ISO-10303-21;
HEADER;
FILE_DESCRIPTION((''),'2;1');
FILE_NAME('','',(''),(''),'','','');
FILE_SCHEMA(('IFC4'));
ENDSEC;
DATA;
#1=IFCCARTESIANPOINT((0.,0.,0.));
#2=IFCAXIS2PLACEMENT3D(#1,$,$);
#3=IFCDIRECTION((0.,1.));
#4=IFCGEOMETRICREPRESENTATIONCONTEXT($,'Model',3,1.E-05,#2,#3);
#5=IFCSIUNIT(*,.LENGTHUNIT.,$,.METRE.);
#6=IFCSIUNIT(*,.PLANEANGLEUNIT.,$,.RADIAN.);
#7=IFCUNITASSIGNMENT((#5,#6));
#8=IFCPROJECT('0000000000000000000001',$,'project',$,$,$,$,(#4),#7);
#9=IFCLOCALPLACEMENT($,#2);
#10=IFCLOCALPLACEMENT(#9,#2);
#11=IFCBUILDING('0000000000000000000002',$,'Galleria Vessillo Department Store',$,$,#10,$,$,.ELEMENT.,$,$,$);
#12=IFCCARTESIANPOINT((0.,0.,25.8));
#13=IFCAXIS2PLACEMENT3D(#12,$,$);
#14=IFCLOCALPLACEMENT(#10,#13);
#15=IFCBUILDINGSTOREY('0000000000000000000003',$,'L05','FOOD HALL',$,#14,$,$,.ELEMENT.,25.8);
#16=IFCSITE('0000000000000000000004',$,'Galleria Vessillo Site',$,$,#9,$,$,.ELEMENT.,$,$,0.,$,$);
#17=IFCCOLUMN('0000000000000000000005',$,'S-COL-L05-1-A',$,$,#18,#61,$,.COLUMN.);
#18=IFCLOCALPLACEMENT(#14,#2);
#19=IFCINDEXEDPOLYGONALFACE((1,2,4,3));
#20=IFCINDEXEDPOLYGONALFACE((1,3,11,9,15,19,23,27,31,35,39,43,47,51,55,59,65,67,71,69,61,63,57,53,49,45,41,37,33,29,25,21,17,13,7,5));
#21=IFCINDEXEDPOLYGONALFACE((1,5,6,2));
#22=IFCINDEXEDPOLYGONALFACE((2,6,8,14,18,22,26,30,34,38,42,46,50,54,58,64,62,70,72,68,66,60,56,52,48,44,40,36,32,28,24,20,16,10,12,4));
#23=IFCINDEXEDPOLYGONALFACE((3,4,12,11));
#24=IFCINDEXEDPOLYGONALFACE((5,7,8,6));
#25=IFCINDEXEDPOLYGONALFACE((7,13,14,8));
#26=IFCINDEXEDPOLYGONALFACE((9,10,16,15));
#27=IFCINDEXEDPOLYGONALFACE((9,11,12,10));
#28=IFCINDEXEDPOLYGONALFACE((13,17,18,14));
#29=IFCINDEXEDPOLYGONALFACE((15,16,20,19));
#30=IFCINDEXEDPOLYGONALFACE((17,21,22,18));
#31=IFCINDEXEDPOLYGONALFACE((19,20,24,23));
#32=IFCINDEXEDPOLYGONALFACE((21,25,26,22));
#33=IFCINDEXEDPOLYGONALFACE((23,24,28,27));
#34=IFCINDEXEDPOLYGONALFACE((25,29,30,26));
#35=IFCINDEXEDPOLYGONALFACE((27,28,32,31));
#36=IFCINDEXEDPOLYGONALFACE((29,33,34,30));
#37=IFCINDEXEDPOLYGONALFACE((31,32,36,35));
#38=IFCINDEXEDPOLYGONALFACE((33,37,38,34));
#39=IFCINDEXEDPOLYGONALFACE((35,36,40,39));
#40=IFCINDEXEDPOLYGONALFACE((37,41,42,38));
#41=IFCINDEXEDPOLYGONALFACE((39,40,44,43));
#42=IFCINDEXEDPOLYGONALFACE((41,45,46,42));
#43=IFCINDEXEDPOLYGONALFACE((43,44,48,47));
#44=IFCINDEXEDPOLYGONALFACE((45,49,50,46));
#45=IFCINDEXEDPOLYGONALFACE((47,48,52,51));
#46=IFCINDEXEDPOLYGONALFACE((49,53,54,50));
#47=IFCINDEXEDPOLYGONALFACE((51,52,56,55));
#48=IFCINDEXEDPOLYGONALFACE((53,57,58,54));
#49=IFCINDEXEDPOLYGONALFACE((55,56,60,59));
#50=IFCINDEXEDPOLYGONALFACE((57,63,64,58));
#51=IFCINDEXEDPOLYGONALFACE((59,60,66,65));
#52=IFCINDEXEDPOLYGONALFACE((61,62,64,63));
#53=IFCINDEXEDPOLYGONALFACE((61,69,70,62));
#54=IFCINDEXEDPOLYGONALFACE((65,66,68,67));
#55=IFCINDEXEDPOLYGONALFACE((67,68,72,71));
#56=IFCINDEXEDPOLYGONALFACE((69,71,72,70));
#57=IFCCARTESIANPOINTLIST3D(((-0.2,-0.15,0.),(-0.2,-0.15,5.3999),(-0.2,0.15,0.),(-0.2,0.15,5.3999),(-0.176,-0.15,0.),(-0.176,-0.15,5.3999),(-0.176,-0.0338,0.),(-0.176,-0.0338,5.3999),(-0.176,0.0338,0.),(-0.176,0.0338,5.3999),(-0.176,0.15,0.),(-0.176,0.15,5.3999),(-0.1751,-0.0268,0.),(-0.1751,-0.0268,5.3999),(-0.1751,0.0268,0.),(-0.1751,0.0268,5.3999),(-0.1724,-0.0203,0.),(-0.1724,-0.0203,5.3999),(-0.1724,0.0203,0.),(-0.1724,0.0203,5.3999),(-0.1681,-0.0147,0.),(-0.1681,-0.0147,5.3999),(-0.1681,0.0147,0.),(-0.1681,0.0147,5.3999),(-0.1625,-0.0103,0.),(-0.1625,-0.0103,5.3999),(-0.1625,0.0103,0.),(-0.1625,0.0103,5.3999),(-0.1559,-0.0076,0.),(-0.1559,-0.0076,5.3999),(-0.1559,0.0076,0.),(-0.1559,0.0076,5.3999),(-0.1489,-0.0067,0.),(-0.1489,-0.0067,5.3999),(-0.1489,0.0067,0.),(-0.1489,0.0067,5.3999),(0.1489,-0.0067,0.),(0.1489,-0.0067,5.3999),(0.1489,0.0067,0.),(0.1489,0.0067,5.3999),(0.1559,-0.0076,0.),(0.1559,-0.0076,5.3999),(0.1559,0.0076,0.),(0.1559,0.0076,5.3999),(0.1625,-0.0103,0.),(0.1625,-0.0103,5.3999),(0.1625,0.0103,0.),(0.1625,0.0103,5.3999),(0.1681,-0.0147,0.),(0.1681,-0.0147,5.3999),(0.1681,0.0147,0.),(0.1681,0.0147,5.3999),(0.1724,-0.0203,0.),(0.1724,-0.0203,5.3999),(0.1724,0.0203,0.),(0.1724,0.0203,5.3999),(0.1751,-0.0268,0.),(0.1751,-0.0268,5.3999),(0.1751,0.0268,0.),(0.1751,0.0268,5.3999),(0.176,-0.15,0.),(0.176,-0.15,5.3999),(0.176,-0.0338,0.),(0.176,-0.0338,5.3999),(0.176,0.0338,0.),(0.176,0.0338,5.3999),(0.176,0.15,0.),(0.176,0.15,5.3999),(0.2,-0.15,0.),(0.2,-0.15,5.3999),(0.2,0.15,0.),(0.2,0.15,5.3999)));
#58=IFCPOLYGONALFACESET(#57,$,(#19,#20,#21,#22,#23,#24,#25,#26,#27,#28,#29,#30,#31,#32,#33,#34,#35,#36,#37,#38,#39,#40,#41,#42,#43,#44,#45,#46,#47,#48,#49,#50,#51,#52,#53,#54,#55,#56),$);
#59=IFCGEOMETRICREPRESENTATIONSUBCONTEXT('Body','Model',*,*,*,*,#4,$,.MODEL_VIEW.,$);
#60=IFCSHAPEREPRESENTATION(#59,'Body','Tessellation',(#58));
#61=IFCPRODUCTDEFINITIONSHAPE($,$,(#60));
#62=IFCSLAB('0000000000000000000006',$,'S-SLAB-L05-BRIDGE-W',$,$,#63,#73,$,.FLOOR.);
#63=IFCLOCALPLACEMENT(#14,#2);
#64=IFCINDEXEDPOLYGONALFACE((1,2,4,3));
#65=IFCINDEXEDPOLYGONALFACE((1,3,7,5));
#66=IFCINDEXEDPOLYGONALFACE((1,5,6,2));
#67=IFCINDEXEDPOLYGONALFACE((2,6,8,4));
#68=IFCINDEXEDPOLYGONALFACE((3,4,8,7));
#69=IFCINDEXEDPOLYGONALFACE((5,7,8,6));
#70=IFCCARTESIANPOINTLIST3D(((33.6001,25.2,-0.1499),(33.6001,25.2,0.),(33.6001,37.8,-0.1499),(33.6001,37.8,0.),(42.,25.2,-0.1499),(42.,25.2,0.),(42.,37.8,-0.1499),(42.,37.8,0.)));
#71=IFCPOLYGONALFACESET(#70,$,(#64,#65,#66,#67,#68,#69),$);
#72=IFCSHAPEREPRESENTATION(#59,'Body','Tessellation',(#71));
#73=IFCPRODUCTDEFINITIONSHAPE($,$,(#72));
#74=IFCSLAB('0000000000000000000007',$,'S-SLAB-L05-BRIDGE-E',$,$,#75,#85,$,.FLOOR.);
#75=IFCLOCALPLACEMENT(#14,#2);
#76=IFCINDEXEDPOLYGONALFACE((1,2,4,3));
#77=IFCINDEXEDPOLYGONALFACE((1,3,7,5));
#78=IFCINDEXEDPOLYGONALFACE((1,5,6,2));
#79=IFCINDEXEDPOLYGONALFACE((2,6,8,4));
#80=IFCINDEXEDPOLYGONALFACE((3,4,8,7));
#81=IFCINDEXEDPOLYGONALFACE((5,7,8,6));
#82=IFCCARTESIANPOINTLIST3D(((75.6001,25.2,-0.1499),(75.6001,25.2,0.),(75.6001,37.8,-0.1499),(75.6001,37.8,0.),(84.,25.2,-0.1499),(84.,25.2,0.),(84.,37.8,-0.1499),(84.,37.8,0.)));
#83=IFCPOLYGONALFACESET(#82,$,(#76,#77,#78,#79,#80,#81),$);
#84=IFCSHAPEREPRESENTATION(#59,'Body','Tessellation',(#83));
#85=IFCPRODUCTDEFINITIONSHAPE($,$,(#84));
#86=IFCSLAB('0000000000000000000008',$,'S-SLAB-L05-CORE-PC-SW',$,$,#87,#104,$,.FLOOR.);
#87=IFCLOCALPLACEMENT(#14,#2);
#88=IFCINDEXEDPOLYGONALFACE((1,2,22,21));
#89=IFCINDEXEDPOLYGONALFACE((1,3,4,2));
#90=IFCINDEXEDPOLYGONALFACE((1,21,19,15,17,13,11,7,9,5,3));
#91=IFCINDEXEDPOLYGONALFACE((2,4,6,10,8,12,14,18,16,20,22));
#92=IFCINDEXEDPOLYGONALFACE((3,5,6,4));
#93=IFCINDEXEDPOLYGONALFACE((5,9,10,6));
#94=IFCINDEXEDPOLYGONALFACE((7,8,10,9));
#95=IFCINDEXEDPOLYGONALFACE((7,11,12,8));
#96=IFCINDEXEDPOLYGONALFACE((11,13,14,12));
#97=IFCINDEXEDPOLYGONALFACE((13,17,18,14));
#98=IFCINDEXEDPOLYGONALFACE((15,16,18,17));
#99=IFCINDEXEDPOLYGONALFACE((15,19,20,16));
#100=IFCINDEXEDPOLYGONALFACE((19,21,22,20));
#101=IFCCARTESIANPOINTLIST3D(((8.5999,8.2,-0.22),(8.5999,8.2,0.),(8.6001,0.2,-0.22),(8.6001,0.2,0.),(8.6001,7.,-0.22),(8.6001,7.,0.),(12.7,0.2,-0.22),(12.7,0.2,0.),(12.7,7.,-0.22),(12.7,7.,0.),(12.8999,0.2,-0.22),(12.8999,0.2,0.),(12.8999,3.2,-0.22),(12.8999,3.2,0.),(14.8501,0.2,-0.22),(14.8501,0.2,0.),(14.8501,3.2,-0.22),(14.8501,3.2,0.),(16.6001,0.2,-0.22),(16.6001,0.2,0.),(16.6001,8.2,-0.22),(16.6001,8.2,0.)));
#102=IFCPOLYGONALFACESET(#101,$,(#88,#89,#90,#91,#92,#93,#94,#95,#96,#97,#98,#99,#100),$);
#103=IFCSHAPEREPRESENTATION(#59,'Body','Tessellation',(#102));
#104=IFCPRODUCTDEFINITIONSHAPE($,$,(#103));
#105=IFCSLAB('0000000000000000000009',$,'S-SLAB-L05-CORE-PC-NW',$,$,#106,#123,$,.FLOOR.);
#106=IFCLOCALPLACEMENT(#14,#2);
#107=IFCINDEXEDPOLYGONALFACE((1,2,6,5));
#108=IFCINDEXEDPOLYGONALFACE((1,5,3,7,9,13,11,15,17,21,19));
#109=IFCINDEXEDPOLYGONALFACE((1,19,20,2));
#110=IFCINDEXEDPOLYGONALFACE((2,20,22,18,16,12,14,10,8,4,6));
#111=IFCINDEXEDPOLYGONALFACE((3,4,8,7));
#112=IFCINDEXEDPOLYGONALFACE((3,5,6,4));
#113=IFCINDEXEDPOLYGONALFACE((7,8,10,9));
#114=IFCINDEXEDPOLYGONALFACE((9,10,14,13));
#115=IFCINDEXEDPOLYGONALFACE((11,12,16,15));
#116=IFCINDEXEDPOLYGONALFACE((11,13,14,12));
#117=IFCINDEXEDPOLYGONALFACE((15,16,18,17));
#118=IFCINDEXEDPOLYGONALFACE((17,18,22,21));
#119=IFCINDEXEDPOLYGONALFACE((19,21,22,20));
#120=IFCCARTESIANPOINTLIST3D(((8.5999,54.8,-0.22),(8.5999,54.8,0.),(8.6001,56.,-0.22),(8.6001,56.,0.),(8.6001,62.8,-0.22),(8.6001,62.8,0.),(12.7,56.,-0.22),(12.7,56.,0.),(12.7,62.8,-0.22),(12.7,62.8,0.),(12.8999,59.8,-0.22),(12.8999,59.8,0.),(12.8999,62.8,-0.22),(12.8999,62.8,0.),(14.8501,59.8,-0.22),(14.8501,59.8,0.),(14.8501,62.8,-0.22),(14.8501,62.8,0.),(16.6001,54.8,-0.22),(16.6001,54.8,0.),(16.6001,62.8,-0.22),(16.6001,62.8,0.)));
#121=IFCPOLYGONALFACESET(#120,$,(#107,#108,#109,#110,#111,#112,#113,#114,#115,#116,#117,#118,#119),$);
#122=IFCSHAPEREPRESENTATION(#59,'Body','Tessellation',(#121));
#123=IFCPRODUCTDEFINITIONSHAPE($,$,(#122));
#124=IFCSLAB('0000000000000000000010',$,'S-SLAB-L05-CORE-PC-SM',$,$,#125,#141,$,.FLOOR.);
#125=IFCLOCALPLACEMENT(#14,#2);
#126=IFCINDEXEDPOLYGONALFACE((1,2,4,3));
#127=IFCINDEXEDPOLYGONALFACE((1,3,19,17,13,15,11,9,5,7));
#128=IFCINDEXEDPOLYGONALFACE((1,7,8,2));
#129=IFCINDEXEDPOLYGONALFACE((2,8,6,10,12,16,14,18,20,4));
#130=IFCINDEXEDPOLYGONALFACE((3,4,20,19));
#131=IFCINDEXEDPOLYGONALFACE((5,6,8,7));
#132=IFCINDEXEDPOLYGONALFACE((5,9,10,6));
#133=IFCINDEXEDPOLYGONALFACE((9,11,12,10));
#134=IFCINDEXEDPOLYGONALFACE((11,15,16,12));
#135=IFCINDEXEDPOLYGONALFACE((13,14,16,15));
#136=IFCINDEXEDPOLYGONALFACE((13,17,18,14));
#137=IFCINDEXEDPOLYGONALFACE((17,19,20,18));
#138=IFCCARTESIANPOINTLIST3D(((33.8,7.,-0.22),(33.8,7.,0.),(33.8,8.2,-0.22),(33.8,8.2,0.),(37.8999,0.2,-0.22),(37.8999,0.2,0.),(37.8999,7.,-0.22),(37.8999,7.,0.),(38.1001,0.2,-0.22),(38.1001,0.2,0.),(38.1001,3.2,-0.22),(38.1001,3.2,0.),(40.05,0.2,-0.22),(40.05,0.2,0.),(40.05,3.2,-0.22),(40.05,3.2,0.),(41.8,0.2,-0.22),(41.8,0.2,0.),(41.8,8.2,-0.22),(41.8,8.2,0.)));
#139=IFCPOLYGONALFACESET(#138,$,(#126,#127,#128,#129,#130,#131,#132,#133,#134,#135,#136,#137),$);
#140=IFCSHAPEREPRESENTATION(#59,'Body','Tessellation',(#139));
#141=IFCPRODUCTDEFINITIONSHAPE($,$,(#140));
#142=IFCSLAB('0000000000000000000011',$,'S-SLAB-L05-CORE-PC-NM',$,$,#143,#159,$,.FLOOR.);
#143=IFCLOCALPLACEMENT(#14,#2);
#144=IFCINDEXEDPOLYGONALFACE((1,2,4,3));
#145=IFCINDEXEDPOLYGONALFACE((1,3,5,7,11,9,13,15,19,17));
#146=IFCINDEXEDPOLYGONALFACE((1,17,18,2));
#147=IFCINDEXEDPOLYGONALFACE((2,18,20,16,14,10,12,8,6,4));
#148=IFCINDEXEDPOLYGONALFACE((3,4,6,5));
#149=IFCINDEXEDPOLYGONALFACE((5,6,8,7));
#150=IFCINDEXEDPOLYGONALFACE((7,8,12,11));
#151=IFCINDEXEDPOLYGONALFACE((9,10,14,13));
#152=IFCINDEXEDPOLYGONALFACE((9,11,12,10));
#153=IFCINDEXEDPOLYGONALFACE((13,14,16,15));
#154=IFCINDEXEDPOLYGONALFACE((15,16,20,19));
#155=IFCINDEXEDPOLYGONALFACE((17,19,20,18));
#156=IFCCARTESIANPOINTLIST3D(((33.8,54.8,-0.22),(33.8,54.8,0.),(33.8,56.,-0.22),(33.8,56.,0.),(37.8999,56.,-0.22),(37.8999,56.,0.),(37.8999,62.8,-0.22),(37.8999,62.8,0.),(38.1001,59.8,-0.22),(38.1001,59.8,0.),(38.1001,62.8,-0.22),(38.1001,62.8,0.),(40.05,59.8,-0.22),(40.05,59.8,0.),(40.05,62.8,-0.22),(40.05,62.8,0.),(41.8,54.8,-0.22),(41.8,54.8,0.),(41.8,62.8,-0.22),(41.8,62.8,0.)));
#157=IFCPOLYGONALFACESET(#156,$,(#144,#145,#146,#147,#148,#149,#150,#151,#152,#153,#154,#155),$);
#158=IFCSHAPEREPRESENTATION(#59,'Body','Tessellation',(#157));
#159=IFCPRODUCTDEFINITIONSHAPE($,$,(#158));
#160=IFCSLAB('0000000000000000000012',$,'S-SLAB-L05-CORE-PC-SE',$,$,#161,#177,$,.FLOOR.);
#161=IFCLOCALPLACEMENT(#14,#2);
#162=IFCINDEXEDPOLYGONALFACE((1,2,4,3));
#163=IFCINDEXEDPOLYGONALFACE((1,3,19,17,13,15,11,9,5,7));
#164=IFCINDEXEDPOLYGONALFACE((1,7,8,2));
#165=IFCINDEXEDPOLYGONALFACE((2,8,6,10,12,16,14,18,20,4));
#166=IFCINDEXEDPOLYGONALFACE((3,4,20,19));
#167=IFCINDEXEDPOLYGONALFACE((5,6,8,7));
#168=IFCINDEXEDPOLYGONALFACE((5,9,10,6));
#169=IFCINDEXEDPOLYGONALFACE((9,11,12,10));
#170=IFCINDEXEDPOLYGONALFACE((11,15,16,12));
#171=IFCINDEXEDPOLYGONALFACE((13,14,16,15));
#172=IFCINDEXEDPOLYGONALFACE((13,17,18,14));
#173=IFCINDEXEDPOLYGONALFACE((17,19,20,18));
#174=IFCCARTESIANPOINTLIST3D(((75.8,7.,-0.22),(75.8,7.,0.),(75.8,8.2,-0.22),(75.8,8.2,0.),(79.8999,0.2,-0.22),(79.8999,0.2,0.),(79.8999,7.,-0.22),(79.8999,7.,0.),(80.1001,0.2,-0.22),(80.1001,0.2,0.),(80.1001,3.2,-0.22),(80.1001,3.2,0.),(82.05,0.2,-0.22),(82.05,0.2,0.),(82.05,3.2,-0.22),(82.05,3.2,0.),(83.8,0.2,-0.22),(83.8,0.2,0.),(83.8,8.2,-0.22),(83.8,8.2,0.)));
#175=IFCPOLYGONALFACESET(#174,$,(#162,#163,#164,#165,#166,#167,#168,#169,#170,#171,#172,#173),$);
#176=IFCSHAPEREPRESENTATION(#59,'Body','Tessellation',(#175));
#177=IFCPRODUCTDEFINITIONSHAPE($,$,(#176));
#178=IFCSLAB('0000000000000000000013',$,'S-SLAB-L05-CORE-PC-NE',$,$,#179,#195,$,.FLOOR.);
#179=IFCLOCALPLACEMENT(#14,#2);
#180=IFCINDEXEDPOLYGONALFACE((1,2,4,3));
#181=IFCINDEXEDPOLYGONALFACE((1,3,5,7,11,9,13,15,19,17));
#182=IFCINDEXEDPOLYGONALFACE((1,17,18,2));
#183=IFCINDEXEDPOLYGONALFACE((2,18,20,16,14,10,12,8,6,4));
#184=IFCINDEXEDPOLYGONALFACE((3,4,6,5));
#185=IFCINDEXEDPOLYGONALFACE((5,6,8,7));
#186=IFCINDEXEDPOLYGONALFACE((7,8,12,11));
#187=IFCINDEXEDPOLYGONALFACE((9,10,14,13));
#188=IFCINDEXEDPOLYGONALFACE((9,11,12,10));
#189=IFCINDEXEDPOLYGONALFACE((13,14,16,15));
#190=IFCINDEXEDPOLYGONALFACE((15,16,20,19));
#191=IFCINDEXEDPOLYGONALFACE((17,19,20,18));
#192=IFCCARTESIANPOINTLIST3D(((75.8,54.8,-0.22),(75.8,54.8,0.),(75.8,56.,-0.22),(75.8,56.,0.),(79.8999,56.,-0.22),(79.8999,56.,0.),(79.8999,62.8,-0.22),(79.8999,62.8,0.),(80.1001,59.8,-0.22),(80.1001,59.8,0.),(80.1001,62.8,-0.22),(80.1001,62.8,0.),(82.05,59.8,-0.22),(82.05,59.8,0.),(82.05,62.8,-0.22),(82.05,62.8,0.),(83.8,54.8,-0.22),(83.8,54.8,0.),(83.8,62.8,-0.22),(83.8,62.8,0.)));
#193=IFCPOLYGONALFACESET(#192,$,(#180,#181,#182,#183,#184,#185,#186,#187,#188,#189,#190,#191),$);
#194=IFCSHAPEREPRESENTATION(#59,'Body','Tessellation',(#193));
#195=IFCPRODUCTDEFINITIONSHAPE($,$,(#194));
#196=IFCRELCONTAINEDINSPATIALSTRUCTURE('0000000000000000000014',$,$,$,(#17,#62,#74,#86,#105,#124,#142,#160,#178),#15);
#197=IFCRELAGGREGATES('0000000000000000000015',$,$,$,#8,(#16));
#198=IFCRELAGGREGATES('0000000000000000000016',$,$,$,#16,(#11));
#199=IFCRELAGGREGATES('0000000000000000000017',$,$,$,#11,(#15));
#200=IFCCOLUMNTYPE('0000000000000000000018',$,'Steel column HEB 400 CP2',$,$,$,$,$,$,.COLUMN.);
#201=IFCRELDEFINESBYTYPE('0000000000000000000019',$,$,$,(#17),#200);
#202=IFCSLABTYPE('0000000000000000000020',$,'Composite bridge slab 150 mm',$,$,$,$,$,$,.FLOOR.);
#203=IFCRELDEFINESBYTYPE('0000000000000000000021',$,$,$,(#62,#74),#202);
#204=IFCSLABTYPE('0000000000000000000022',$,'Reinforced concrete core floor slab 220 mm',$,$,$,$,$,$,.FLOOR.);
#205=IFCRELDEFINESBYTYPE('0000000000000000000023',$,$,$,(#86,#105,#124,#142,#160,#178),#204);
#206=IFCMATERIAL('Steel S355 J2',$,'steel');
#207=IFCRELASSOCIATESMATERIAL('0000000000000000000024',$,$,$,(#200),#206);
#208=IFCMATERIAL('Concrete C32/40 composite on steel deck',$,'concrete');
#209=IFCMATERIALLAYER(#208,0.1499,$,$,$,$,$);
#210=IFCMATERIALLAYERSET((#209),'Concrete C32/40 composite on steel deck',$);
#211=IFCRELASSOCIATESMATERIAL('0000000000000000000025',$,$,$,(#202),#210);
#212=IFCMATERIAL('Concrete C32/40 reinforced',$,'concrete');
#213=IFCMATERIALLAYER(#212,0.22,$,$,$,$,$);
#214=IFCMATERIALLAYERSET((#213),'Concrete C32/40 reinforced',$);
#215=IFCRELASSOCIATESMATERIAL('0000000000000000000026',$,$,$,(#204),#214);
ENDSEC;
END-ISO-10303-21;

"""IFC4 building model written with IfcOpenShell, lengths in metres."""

from ifc_helpers import new_model, si_unit, direction, frame, origin, origin_2d, place, context, subcontext, project, spatial, polyline, i_section, outline, extrude, material, layer, layer_set, material_profile, profile_set, type_object, element, save


model = new_model("IFC4")

# Units and contexts
model_context = context("Model", 3, precision=1e-05, world=origin(), true_north=direction((0.0, 1.0)))
body_context = subcontext(model_context, "Body", "Model", "MODEL_VIEW")
ifc_project = project(units=[si_unit("LENGTHUNIT", "METRE"), si_unit("PLANEANGLEUNIT", "RADIAN")], contexts=[model_context])

# Site, building, storey
site_placement = place(None, origin())
site = spatial("IfcSite", under=ifc_project, at=site_placement, Name="Galleria Vessillo Site", CompositionType="ELEMENT", RefElevation=0.0)
building_placement = place(site_placement, origin())
building = spatial("IfcBuilding", under=site, at=building_placement, Name="Galleria Vessillo Department Store", CompositionType="ELEMENT")
storey_placement = place(building_placement, frame((0.0, 0.0, 25.8)))
storey = spatial("IfcBuildingStorey", under=building, at=storey_placement, Name="L05", Description="FOOD HALL", CompositionType="ELEMENT", Elevation=25.8)

# Column
ifc_material_1 = material(Name="Steel S355 J2", Category="steel")
ifc_material_profile = material_profile(ifc_material_1, i_section(OverallWidth=0.3, OverallDepth=0.3999, WebThickness=0.0134, FlangeThickness=0.0239, FilletRadius=0.0271, at=origin_2d()), Name="HEB 400")
ifc_profile_set = profile_set([ifc_material_profile], Name="Steel S355 J2")
column_type = type_object("IfcColumnType", Name="Steel column HEB 400 CP2", PredefinedType="COLUMN", material=ifc_profile_set)
column_placement = place(storey_placement, frame((0.0, 0.0, 0.0), z_axis=(0.0, 0.0, 1.0), x_axis=(0.0, 1.0, 0.0)))
element("IfcColumn", 1, at=column_placement, inside=storey, type_object=column_type, Name="S-COL-L05-1-A", PredefinedType="COLUMN", context=body_context, shape_type="SweptSolid", body=[
    extrude(i_section(OverallWidth=0.3, OverallDepth=0.3999, WebThickness=0.0134, FlangeThickness=0.0239, FilletRadius=0.0271, at=origin_2d()), origin(), (0.0, 0.0, 1.0), 5.3999),
])

# Slabs
ifc_material_2 = material(Name="Concrete C32/40 composite on steel deck", Category="concrete")
ifc_layer_1 = layer(ifc_material_2, 0.1499)
ifc_layer_set_1 = layer_set([ifc_layer_1], Name="Concrete C32/40 composite on steel deck")
slab_type_1 = type_object("IfcSlabType", Name="Composite bridge slab 150 mm", PredefinedType="FLOOR", material=ifc_layer_set_1)
slab_1_placement = place(storey_placement, frame((0.0, 0.0, -0.1499)))
element("IfcSlab", 2, at=slab_1_placement, inside=storey, type_object=slab_type_1, Name="S-SLAB-L05-BRIDGE-W", PredefinedType="FLOOR", context=body_context, shape_type="SweptSolid", body=[
    extrude(outline(polyline([(42.0, 25.2), (42.0, 37.8), (33.6001, 37.8), (33.6001, 25.2), (42.0, 25.2)])), origin(), (0.0, 0.0, 1.0), 0.1499),
])
slab_2_placement = place(storey_placement, frame((0.0, 0.0, -0.1499)))
element("IfcSlab", 3, at=slab_2_placement, inside=storey, type_object=slab_type_1, Name="S-SLAB-L05-BRIDGE-E", PredefinedType="FLOOR", context=body_context, shape_type="SweptSolid", body=[
    extrude(outline(polyline([(84.0, 25.2), (84.0, 37.8), (75.6001, 37.8), (75.6001, 25.2), (84.0, 25.2)])), origin(), (0.0, 0.0, 1.0), 0.1499),
])
ifc_material_3 = material(Name="Concrete C32/40 reinforced", Category="concrete")
ifc_layer_2 = layer(ifc_material_3, 0.22)
ifc_layer_set_2 = layer_set([ifc_layer_2], Name="Concrete C32/40 reinforced")
slab_type_2 = type_object("IfcSlabType", Name="Reinforced concrete core floor slab 220 mm", PredefinedType="FLOOR", material=ifc_layer_set_2)
slab_3_placement = place(storey_placement, frame((0.0, 0.0, -0.22)))
element("IfcSlab", 4, at=slab_3_placement, inside=storey, type_object=slab_type_2, Name="S-SLAB-L05-CORE-PC-SW", PredefinedType="FLOOR", context=body_context, shape_type="SweptSolid", body=[
    extrude(outline(polyline([(8.5999, 8.2), (16.6001, 8.2), (16.6001, 0.2), (14.8501, 0.2), (14.8501, 3.2), (12.8999, 3.2), (12.8999, 0.2), (12.7, 0.2), (12.7, 7.0), (8.6001, 7.0), (8.6001, 0.2), (8.5999, 8.2)])), origin(), (0.0, 0.0, 1.0), 0.22),
])
slab_4_placement = place(storey_placement, frame((0.0, 0.0, -0.22)))
element("IfcSlab", 5, at=slab_4_placement, inside=storey, type_object=slab_type_2, Name="S-SLAB-L05-CORE-PC-NW", PredefinedType="FLOOR", context=body_context, shape_type="SweptSolid", body=[
    extrude(outline(polyline([(16.6001, 62.8), (16.6001, 54.8), (8.5999, 54.8), (8.6001, 62.8), (8.6001, 56.0), (12.7, 56.0), (12.7, 62.8), (12.8999, 62.8), (12.8999, 59.8), (14.8501, 59.8), (14.8501, 62.8), (16.6001, 62.8)])), origin(), (0.0, 0.0, 1.0), 0.22),
])
slab_5_placement = place(storey_placement, frame((0.0, 0.0, -0.22)))
element("IfcSlab", 6, at=slab_5_placement, inside=storey, type_object=slab_type_2, Name="S-SLAB-L05-CORE-PC-SM", PredefinedType="FLOOR", context=body_context, shape_type="SweptSolid", body=[
    extrude(outline(polyline([(33.8, 8.2), (41.8, 8.2), (41.8, 0.2), (40.05, 0.2), (40.05, 3.2), (38.1001, 3.2), (38.1001, 0.2), (37.8999, 0.2), (37.8999, 7.0), (33.8, 7.0), (33.8, 8.2)])), origin(), (0.0, 0.0, 1.0), 0.22),
])
slab_6_placement = place(storey_placement, frame((0.0, 0.0, -0.22)))
element("IfcSlab", 7, at=slab_6_placement, inside=storey, type_object=slab_type_2, Name="S-SLAB-L05-CORE-PC-NM", PredefinedType="FLOOR", context=body_context, shape_type="SweptSolid", body=[
    extrude(outline(polyline([(41.8, 62.8), (41.8, 54.8), (33.8, 54.8), (33.8, 56.0), (37.8999, 56.0), (37.8999, 62.8), (38.1001, 62.8), (38.1001, 59.8), (40.05, 59.8), (40.05, 62.8), (41.8, 62.8)])), origin(), (0.0, 0.0, 1.0), 0.22),
])
slab_7_placement = place(storey_placement, frame((0.0, 0.0, -0.22)))
element("IfcSlab", 8, at=slab_7_placement, inside=storey, type_object=slab_type_2, Name="S-SLAB-L05-CORE-PC-SE", PredefinedType="FLOOR", context=body_context, shape_type="SweptSolid", body=[
    extrude(outline(polyline([(75.8, 8.2), (83.8, 8.2), (83.8, 0.2), (82.05, 0.2), (82.05, 3.2), (80.1001, 3.2), (80.1001, 0.2), (79.8999, 0.2), (79.8999, 7.0), (75.8, 7.0), (75.8, 8.2)])), origin(), (0.0, 0.0, 1.0), 0.22),
])
slab_8_placement = place(storey_placement, frame((0.0, 0.0, -0.22)))
element("IfcSlab", 9, at=slab_8_placement, inside=storey, type_object=slab_type_2, Name="S-SLAB-L05-CORE-PC-NE", PredefinedType="FLOOR", context=body_context, shape_type="SweptSolid", body=[
    extrude(outline(polyline([(83.8, 62.8), (83.8, 54.8), (75.8, 54.8), (75.8, 56.0), (79.8999, 56.0), (79.8999, 62.8), (80.1001, 62.8), (80.1001, 59.8), (82.05, 59.8), (82.05, 62.8), (83.8, 62.8)])), origin(), (0.0, 0.0, 1.0), 0.22),
])

save(model, "model.ifc")
